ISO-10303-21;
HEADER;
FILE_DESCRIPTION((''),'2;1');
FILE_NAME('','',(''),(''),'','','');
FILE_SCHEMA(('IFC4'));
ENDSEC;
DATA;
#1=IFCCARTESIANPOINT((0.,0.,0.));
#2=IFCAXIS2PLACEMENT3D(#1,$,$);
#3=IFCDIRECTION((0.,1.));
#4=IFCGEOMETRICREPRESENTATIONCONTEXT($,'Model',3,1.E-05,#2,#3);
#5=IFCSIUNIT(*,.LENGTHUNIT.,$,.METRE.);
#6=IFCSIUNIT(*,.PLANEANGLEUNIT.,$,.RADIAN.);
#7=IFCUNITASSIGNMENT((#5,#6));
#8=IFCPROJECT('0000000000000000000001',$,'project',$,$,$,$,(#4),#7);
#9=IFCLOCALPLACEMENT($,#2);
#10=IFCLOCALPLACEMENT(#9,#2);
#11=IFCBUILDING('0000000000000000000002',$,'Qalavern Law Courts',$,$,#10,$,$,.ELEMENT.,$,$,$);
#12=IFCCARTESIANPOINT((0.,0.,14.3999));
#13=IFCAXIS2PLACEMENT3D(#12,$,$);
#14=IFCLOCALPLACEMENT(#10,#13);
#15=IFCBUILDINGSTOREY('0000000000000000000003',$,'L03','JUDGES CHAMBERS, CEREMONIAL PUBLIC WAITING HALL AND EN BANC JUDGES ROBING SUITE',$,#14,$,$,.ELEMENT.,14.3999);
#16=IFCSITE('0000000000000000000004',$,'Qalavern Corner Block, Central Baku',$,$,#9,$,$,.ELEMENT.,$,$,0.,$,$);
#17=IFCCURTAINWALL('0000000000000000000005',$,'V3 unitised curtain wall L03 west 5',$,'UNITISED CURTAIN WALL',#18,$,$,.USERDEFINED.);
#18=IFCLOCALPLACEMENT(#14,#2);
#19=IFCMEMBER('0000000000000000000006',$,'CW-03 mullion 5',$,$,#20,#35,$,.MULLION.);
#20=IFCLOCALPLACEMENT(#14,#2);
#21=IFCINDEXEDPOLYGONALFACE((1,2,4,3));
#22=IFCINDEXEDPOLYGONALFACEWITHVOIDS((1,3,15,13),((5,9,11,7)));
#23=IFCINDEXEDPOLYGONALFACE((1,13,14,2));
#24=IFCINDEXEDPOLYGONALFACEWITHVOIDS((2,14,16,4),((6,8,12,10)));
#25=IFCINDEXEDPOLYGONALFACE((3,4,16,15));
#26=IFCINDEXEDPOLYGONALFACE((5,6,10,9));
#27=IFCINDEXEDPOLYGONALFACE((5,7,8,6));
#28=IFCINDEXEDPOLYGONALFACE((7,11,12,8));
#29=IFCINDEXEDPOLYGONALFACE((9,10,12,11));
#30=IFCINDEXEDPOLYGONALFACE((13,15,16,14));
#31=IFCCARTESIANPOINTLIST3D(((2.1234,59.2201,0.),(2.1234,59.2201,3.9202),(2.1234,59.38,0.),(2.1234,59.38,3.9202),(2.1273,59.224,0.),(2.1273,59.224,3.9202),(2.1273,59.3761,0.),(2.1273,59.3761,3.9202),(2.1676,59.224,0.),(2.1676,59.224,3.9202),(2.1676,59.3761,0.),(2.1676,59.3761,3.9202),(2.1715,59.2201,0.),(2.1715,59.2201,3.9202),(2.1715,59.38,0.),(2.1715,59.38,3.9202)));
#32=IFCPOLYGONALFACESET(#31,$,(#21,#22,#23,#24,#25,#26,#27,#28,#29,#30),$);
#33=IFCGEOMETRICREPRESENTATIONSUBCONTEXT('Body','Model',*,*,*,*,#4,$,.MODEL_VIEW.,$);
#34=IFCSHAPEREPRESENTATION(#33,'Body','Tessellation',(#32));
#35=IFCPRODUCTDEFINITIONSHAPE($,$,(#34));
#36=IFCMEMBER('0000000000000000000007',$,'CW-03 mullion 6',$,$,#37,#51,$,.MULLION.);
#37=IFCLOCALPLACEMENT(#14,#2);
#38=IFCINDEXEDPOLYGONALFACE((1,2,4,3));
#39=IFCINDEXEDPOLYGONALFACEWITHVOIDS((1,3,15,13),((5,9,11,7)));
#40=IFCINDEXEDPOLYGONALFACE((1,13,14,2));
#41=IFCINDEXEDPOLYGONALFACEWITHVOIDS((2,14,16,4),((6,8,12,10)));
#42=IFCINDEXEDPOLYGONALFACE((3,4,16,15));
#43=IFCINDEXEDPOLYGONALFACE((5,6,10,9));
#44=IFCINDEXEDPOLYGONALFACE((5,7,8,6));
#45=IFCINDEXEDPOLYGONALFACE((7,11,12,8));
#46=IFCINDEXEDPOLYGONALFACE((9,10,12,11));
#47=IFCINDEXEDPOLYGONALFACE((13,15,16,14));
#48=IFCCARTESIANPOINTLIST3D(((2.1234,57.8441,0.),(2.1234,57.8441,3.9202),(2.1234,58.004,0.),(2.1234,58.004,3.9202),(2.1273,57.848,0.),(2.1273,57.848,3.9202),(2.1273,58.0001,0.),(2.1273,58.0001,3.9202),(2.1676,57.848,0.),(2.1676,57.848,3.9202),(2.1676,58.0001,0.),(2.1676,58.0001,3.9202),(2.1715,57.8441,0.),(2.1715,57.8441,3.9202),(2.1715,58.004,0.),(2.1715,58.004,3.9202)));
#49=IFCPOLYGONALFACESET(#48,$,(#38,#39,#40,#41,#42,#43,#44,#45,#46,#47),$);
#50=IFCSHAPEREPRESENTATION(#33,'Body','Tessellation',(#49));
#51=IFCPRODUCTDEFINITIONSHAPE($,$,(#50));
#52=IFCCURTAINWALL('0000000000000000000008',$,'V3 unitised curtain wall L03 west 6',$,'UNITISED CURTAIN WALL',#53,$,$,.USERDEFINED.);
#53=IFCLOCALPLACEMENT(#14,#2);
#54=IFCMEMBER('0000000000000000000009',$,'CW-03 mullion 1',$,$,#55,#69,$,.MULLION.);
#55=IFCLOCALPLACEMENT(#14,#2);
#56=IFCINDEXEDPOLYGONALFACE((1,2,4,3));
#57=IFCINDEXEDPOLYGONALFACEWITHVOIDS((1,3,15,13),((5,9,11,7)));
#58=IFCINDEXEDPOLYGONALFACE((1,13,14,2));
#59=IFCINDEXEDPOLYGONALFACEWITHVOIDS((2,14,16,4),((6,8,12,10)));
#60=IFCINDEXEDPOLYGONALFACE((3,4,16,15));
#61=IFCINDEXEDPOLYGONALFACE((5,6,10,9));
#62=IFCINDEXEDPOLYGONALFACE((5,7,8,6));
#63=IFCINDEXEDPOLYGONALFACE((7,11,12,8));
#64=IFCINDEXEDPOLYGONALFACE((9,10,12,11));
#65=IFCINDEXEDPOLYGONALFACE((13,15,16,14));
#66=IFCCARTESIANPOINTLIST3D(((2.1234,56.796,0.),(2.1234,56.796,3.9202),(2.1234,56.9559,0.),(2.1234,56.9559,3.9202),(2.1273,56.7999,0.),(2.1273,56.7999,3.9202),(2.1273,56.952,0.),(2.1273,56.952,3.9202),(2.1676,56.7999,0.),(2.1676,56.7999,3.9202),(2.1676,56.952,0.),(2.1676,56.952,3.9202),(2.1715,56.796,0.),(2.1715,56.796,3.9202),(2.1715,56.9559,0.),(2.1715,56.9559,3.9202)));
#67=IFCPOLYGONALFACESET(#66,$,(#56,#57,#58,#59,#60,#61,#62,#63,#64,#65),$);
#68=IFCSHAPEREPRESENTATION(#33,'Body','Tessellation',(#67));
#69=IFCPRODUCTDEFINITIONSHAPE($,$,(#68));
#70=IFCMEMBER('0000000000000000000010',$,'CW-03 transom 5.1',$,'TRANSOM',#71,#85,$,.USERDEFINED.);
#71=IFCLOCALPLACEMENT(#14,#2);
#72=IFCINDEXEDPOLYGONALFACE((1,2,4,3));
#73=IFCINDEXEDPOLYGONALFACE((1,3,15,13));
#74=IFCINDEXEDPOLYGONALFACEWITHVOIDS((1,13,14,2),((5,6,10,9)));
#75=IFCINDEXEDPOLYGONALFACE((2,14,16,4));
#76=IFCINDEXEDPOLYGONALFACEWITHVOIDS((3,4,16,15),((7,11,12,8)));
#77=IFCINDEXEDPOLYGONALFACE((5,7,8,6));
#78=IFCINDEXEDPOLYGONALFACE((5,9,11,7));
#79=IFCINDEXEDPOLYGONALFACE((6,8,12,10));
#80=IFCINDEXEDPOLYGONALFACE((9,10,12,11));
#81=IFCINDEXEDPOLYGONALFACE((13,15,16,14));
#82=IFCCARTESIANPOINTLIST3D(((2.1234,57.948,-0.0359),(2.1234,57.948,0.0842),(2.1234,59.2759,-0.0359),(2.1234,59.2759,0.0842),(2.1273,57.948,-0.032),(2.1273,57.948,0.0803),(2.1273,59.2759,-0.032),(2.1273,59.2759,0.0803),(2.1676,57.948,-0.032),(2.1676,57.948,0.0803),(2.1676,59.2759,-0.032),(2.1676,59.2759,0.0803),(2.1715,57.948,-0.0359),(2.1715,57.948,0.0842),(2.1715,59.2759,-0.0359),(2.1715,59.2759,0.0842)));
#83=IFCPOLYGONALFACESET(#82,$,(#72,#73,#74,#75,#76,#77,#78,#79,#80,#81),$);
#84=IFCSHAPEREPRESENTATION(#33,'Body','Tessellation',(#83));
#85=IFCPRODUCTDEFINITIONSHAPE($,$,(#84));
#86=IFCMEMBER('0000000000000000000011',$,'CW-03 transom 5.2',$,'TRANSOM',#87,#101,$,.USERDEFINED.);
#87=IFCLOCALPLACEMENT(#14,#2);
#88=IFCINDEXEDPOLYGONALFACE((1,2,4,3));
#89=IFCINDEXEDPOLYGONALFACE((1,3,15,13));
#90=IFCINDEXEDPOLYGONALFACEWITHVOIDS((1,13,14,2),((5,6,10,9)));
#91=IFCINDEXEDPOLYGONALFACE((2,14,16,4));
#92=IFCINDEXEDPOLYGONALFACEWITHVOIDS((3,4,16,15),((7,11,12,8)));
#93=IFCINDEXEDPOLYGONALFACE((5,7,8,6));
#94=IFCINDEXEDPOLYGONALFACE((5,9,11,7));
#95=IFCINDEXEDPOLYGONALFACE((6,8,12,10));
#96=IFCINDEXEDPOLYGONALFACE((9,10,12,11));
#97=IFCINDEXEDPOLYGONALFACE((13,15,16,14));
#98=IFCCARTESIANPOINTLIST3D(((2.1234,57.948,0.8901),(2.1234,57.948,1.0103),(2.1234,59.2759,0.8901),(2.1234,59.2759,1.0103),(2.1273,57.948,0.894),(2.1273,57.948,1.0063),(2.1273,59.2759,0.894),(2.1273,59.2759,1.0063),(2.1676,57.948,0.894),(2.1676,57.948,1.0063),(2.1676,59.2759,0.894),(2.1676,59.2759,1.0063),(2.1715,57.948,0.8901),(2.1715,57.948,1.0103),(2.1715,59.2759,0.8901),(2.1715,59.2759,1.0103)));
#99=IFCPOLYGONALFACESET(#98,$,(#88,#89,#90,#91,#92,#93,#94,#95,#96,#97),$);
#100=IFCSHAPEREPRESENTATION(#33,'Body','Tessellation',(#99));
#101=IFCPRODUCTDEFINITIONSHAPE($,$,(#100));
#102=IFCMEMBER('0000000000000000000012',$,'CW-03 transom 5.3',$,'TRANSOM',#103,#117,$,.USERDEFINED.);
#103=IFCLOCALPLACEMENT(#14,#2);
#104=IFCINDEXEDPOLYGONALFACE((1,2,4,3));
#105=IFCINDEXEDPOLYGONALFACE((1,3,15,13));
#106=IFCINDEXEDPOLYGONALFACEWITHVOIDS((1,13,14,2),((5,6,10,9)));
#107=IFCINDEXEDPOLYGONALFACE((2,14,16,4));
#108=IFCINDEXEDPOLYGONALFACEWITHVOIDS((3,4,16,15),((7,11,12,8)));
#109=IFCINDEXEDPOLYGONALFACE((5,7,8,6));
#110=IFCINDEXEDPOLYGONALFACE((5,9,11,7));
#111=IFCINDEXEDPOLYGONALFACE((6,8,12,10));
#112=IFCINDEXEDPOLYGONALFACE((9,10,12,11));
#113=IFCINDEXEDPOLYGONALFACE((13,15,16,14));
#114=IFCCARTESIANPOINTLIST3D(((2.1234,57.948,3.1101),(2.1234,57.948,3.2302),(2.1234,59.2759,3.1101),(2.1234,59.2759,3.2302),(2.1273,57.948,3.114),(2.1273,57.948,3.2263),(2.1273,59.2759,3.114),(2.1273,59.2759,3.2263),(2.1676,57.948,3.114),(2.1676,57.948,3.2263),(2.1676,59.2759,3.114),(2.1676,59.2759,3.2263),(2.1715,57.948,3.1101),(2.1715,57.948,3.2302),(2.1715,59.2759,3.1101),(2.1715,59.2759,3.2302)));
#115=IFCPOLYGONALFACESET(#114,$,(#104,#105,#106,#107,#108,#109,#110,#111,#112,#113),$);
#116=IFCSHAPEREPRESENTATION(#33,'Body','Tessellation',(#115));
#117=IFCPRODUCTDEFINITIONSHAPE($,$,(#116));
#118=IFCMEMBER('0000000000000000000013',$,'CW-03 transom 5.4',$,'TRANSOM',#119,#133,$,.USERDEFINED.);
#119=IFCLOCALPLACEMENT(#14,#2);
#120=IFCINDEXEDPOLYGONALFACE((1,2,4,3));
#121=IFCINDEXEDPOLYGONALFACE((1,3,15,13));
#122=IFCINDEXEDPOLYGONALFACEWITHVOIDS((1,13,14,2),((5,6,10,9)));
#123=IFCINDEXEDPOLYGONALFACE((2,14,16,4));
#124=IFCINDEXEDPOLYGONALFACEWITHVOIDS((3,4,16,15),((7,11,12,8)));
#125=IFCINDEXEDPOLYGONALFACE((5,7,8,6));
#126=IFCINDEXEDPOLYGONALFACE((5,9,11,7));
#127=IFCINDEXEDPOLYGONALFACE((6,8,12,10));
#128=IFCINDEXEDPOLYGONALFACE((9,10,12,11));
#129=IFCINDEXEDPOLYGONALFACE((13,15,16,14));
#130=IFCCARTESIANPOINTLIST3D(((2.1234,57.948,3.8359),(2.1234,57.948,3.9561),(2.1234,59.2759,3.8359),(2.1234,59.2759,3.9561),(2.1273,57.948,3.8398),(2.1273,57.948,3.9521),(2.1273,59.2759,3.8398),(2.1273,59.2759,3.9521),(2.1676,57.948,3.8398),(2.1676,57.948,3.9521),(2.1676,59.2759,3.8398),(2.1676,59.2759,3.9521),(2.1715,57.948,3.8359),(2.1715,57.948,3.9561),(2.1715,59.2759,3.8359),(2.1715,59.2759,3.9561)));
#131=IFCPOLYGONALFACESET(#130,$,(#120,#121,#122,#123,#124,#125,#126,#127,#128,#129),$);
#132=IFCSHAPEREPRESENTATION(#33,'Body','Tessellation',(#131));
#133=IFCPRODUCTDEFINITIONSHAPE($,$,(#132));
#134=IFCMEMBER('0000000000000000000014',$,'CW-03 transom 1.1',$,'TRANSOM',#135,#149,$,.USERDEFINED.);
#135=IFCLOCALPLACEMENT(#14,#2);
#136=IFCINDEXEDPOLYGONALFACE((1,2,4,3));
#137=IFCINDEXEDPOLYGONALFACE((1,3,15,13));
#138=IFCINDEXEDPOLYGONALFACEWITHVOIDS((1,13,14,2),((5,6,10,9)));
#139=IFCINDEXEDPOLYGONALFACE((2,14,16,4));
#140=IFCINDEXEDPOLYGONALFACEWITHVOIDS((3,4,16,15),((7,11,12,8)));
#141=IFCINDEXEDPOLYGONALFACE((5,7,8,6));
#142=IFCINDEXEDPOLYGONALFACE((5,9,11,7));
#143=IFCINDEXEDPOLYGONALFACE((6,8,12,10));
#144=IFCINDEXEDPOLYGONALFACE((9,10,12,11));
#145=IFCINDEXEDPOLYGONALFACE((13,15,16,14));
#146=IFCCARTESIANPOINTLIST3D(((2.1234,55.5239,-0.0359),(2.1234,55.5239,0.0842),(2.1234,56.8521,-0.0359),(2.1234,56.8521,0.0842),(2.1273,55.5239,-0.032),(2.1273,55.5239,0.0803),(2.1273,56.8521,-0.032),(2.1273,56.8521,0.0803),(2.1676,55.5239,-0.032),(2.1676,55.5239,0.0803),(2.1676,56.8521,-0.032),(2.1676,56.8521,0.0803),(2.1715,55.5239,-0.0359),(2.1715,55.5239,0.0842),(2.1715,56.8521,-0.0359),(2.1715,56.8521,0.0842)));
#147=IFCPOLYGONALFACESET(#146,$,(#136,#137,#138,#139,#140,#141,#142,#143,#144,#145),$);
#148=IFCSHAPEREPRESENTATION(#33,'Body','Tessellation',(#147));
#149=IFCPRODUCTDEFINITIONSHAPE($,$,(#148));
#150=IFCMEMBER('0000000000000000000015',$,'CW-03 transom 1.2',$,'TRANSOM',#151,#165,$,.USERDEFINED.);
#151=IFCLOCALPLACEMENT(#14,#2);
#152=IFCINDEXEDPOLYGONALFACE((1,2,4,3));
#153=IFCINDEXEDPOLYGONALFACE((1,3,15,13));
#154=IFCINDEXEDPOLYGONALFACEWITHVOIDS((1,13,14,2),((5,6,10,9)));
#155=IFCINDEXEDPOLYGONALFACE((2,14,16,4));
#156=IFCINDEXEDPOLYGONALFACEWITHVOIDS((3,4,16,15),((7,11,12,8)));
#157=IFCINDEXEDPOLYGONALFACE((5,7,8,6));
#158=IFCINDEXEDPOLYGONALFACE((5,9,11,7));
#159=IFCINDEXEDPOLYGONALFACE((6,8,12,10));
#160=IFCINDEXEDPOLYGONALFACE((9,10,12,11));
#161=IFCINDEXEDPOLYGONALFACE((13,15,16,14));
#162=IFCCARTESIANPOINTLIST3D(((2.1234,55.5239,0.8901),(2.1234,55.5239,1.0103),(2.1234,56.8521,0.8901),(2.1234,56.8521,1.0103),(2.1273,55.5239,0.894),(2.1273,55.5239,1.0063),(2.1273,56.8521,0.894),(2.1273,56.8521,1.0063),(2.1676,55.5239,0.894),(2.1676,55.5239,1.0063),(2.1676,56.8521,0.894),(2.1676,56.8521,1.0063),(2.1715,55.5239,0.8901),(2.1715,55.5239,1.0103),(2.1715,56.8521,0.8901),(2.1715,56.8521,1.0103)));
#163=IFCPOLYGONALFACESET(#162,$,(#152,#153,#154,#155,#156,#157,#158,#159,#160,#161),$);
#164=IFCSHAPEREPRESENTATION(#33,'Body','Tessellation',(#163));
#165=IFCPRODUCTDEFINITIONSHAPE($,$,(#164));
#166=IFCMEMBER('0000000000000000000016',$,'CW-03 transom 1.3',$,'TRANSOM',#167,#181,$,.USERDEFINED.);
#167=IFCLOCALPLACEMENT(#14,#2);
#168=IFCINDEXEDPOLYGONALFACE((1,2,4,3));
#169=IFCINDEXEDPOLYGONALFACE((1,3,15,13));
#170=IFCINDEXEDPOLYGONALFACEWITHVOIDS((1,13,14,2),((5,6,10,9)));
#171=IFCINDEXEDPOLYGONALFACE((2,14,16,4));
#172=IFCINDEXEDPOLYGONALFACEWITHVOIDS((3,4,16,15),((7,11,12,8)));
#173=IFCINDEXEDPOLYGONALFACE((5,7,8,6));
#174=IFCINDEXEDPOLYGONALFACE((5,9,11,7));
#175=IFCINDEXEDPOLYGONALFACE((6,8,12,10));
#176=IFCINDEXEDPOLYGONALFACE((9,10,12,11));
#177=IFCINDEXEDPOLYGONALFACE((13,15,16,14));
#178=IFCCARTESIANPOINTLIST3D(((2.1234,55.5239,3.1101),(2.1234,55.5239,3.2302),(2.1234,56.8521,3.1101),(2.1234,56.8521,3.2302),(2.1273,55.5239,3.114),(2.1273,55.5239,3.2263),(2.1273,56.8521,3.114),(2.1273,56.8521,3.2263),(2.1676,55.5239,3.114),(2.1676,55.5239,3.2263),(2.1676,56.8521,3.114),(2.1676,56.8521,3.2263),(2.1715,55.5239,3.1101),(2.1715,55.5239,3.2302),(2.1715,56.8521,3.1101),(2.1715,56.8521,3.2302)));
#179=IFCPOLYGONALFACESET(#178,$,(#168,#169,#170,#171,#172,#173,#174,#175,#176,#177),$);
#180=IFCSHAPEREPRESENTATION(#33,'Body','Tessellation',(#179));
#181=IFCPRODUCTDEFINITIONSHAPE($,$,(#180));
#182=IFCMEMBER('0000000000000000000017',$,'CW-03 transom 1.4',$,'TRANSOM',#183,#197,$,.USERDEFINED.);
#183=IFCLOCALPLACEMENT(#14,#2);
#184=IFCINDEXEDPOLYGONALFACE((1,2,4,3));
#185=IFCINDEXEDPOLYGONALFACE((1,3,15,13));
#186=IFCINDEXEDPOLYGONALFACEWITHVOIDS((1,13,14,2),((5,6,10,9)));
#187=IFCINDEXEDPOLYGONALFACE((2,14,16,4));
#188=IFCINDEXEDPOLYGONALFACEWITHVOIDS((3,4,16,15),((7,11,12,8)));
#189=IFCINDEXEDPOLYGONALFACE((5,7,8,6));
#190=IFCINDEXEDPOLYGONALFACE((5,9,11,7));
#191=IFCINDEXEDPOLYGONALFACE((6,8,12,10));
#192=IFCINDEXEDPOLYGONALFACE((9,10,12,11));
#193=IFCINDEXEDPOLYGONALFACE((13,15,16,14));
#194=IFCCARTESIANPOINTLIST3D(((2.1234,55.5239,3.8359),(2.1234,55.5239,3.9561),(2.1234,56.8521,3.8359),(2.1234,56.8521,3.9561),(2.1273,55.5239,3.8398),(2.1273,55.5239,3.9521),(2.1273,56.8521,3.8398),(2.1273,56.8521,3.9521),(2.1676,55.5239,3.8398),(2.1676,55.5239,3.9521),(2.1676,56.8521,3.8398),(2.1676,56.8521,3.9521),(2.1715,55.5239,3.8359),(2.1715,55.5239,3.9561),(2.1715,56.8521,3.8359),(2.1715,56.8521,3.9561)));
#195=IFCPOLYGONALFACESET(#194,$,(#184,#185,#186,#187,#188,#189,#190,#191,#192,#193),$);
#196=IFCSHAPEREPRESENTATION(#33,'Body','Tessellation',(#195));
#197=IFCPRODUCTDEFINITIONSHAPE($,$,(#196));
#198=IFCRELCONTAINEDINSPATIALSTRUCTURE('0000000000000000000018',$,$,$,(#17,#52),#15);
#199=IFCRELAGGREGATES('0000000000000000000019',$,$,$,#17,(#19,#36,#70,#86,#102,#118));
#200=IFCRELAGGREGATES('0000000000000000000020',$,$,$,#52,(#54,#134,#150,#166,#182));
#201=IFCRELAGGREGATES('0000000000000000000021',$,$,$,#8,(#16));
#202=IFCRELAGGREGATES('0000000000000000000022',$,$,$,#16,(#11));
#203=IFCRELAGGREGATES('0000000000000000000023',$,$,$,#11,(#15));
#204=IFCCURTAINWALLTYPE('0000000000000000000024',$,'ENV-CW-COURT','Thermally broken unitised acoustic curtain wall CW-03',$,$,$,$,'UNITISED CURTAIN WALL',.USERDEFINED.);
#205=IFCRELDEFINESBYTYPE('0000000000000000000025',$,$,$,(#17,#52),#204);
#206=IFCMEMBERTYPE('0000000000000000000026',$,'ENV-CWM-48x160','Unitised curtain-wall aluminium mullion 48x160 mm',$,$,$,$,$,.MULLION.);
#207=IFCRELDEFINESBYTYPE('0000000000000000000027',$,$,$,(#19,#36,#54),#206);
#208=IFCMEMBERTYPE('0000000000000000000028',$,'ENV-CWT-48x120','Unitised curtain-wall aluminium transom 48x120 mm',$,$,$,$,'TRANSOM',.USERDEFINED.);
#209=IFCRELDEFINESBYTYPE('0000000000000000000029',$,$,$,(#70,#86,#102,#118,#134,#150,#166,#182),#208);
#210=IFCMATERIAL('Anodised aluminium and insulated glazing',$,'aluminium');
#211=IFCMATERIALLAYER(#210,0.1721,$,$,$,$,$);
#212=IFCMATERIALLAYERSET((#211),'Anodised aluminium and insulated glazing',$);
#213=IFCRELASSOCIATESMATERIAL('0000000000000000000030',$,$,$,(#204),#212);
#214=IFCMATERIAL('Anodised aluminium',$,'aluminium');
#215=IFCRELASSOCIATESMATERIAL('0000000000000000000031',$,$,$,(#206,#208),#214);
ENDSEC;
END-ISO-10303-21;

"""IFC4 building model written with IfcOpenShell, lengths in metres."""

from ifc_helpers import new_model, si_unit, direction, frame, origin, origin_2d, place, context, subcontext, project, spatial, hollow_rectangle, extrude, material, layer, layer_set, material_profile, profile_set, type_object, element, aggregate, save


model = new_model("IFC4")

# Units and contexts
model_context = context("Model", 3, precision=1e-05, world=origin(), true_north=direction((0.0, 1.0)))
body_context = subcontext(model_context, "Body", "Model", "MODEL_VIEW")
ifc_project = project(units=[si_unit("LENGTHUNIT", "METRE"), si_unit("PLANEANGLEUNIT", "RADIAN")], contexts=[model_context])

# Site, building, storey
site_placement = place(None, origin())
site = spatial("IfcSite", under=ifc_project, at=site_placement, Name="Qalavern Corner Block, Central Baku", CompositionType="ELEMENT", RefElevation=0.0)
building_placement = place(site_placement, origin())
building = spatial("IfcBuilding", under=site, at=building_placement, Name="Qalavern Law Courts", CompositionType="ELEMENT")
storey_placement = place(building_placement, frame((0.0, 0.0, 14.3999)))
storey = spatial("IfcBuildingStorey", under=building, at=storey_placement, Name="L03", Description="JUDGES CHAMBERS, CEREMONIAL PUBLIC WAITING HALL AND EN BANC JUDGES ROBING SUITE", CompositionType="ELEMENT", Elevation=14.3999)

# Curtain wall, members
ifc_material_1 = material(Name="Anodised aluminium and insulated glazing", Category="aluminium")
ifc_layer_1 = layer(ifc_material_1, 0.1721)
ifc_layer_set_1 = layer_set([ifc_layer_1], Name="Anodised aluminium and insulated glazing")
curtain_wall_type = type_object("IfcCurtainWallType", Name="ENV-CW-COURT", Description="Thermally broken unitised acoustic curtain wall CW-03", ElementType="UNITISED CURTAIN WALL", PredefinedType="USERDEFINED", material=ifc_layer_set_1)
curtain_wall_1_placement = place(storey_placement, origin())
curtain_wall_1 = element("IfcCurtainWall", 1, at=curtain_wall_1_placement, inside=storey, type_object=curtain_wall_type, Name="V3 unitised curtain wall L03 west 5", ObjectType="UNITISED CURTAIN WALL", PredefinedType="USERDEFINED")
ifc_material_2 = material(Name="Anodised aluminium", Category="aluminium")
ifc_material_profile_1 = material_profile(ifc_material_2, hollow_rectangle(XDim=0.0481, YDim=0.1599, WallThickness=0.0039, at=origin_2d()), Name="ALU MULLION 48x160")
ifc_profile_set_1 = profile_set([ifc_material_profile_1], Name="Anodised aluminium")
member_type_1 = type_object("IfcMemberType", Name="ENV-CWM-48x160", Description="Unitised curtain-wall aluminium mullion 48x160 mm", PredefinedType="MULLION", material=ifc_profile_set_1)
member_1_placement = place(storey_placement, frame((2.1475, 59.3, 0.0), z_axis=(0.0, 0.0, 1.0), x_axis=(1.0, 0.0, 0.0)))
member_1 = element("IfcMember", 2, at=member_1_placement, type_object=member_type_1, Name="CW-03 mullion 5", PredefinedType="MULLION", context=body_context, shape_type="SweptSolid", body=[
    extrude(hollow_rectangle(XDim=0.0481, YDim=0.1599, WallThickness=0.0039, at=origin_2d()), origin(), (0.0, 0.0, 1.0), 3.9202),
])
member_2_placement = place(storey_placement, frame((2.1475, 57.9241, 0.0), z_axis=(0.0, 0.0, 1.0), x_axis=(1.0, 0.0, 0.0)))
member_2 = element("IfcMember", 3, at=member_2_placement, type_object=member_type_1, Name="CW-03 mullion 6", PredefinedType="MULLION", context=body_context, shape_type="SweptSolid", body=[
    extrude(hollow_rectangle(XDim=0.0481, YDim=0.1599, WallThickness=0.0039, at=origin_2d()), origin(), (0.0, 0.0, 1.0), 3.9202),
])

# Curtain wall, member
curtain_wall_2_placement = place(storey_placement, origin())
curtain_wall_2 = element("IfcCurtainWall", 4, at=curtain_wall_2_placement, inside=storey, type_object=curtain_wall_type, Name="V3 unitised curtain wall L03 west 6", ObjectType="UNITISED CURTAIN WALL", PredefinedType="USERDEFINED")
member_3_placement = place(storey_placement, frame((2.1475, 56.876, 0.0), z_axis=(0.0, 0.0, 1.0), x_axis=(1.0, 0.0, 0.0)))
member_3 = element("IfcMember", 5, at=member_3_placement, type_object=member_type_1, Name="CW-03 mullion 1", PredefinedType="MULLION", context=body_context, shape_type="SweptSolid", body=[
    extrude(hollow_rectangle(XDim=0.0481, YDim=0.1599, WallThickness=0.0039, at=origin_2d()), origin(), (0.0, 0.0, 1.0), 3.9202),
])

# Members
ifc_material_profile_2 = material_profile(ifc_material_2, hollow_rectangle(XDim=0.0481, YDim=0.1201, WallThickness=0.0039, at=origin_2d()), Name="ALU TRANSOM 48x120")
ifc_profile_set_2 = profile_set([ifc_material_profile_2], Name="Anodised aluminium")
member_type_2 = type_object("IfcMemberType", Name="ENV-CWT-48x120", Description="Unitised curtain-wall aluminium transom 48x120 mm", ElementType="TRANSOM", PredefinedType="USERDEFINED", material=ifc_profile_set_2)
member_4_placement = place(storey_placement, frame((2.1475, 59.2759, 0.0242), z_axis=(0.0, -1.0, 0.0), x_axis=(1.0, 0.0, 0.0)))
member_4 = element("IfcMember", 6, at=member_4_placement, type_object=member_type_2, Name="CW-03 transom 5.1", ObjectType="TRANSOM", PredefinedType="USERDEFINED", context=body_context, shape_type="SweptSolid", body=[
    extrude(hollow_rectangle(XDim=0.0481, YDim=0.1201, WallThickness=0.0039, at=origin_2d()), origin(), (0.0, 0.0, 1.0), 1.3279),
])
member_5_placement = place(storey_placement, frame((2.1475, 59.2759, 0.9502), z_axis=(0.0, -1.0, 0.0), x_axis=(1.0, 0.0, 0.0)))
member_5 = element("IfcMember", 7, at=member_5_placement, type_object=member_type_2, Name="CW-03 transom 5.2", ObjectType="TRANSOM", PredefinedType="USERDEFINED", context=body_context, shape_type="SweptSolid", body=[
    extrude(hollow_rectangle(XDim=0.0481, YDim=0.1201, WallThickness=0.0039, at=origin_2d()), origin(), (0.0, 0.0, 1.0), 1.3279),
])
member_6_placement = place(storey_placement, frame((2.1475, 59.2759, 3.1702), z_axis=(0.0, -1.0, 0.0), x_axis=(1.0, 0.0, 0.0)))
member_6 = element("IfcMember", 8, at=member_6_placement, type_object=member_type_2, Name="CW-03 transom 5.3", ObjectType="TRANSOM", PredefinedType="USERDEFINED", context=body_context, shape_type="SweptSolid", body=[
    extrude(hollow_rectangle(XDim=0.0481, YDim=0.1201, WallThickness=0.0039, at=origin_2d()), origin(), (0.0, 0.0, 1.0), 1.3279),
])
member_7_placement = place(storey_placement, frame((2.1475, 59.2759, 3.896), z_axis=(0.0, -1.0, 0.0), x_axis=(1.0, 0.0, 0.0)))
member_7 = element("IfcMember", 9, at=member_7_placement, type_object=member_type_2, Name="CW-03 transom 5.4", ObjectType="TRANSOM", PredefinedType="USERDEFINED", context=body_context, shape_type="SweptSolid", body=[
    extrude(hollow_rectangle(XDim=0.0481, YDim=0.1201, WallThickness=0.0039, at=origin_2d()), origin(), (0.0, 0.0, 1.0), 1.3279),
])
member_8_placement = place(storey_placement, frame((2.1475, 56.8521, 0.0242), z_axis=(0.0, -1.0, 0.0), x_axis=(1.0, 0.0, 0.0)))
member_8 = element("IfcMember", 10, at=member_8_placement, type_object=member_type_2, Name="CW-03 transom 1.1", ObjectType="TRANSOM", PredefinedType="USERDEFINED", context=body_context, shape_type="SweptSolid", body=[
    extrude(hollow_rectangle(XDim=0.0481, YDim=0.1201, WallThickness=0.0039, at=origin_2d()), origin(), (0.0, 0.0, 1.0), 1.3281),
])
member_9_placement = place(storey_placement, frame((2.1475, 56.8521, 0.9502), z_axis=(0.0, -1.0, 0.0), x_axis=(1.0, 0.0, 0.0)))
member_9 = element("IfcMember", 11, at=member_9_placement, type_object=member_type_2, Name="CW-03 transom 1.2", ObjectType="TRANSOM", PredefinedType="USERDEFINED", context=body_context, shape_type="SweptSolid", body=[
    extrude(hollow_rectangle(XDim=0.0481, YDim=0.1201, WallThickness=0.0039, at=origin_2d()), origin(), (0.0, 0.0, 1.0), 1.3281),
])
member_10_placement = place(storey_placement, frame((2.1475, 56.8521, 3.1702), z_axis=(0.0, -1.0, 0.0), x_axis=(1.0, 0.0, 0.0)))
member_10 = element("IfcMember", 12, at=member_10_placement, type_object=member_type_2, Name="CW-03 transom 1.3", ObjectType="TRANSOM", PredefinedType="USERDEFINED", context=body_context, shape_type="SweptSolid", body=[
    extrude(hollow_rectangle(XDim=0.0481, YDim=0.1201, WallThickness=0.0039, at=origin_2d()), origin(), (0.0, 0.0, 1.0), 1.3281),
])
member_11_placement = place(storey_placement, frame((2.1475, 56.8521, 3.896), z_axis=(0.0, -1.0, 0.0), x_axis=(1.0, 0.0, 0.0)))
member_11 = element("IfcMember", 13, at=member_11_placement, type_object=member_type_2, Name="CW-03 transom 1.4", ObjectType="TRANSOM", PredefinedType="USERDEFINED", context=body_context, shape_type="SweptSolid", body=[
    extrude(hollow_rectangle(XDim=0.0481, YDim=0.1201, WallThickness=0.0039, at=origin_2d()), origin(), (0.0, 0.0, 1.0), 1.3281),
])

aggregate(curtain_wall_1, [member_1, member_2, member_4, member_5, member_6, member_7])
aggregate(curtain_wall_2, [member_3, member_8, member_9, member_10, member_11])

save(model, "model.ifc")
